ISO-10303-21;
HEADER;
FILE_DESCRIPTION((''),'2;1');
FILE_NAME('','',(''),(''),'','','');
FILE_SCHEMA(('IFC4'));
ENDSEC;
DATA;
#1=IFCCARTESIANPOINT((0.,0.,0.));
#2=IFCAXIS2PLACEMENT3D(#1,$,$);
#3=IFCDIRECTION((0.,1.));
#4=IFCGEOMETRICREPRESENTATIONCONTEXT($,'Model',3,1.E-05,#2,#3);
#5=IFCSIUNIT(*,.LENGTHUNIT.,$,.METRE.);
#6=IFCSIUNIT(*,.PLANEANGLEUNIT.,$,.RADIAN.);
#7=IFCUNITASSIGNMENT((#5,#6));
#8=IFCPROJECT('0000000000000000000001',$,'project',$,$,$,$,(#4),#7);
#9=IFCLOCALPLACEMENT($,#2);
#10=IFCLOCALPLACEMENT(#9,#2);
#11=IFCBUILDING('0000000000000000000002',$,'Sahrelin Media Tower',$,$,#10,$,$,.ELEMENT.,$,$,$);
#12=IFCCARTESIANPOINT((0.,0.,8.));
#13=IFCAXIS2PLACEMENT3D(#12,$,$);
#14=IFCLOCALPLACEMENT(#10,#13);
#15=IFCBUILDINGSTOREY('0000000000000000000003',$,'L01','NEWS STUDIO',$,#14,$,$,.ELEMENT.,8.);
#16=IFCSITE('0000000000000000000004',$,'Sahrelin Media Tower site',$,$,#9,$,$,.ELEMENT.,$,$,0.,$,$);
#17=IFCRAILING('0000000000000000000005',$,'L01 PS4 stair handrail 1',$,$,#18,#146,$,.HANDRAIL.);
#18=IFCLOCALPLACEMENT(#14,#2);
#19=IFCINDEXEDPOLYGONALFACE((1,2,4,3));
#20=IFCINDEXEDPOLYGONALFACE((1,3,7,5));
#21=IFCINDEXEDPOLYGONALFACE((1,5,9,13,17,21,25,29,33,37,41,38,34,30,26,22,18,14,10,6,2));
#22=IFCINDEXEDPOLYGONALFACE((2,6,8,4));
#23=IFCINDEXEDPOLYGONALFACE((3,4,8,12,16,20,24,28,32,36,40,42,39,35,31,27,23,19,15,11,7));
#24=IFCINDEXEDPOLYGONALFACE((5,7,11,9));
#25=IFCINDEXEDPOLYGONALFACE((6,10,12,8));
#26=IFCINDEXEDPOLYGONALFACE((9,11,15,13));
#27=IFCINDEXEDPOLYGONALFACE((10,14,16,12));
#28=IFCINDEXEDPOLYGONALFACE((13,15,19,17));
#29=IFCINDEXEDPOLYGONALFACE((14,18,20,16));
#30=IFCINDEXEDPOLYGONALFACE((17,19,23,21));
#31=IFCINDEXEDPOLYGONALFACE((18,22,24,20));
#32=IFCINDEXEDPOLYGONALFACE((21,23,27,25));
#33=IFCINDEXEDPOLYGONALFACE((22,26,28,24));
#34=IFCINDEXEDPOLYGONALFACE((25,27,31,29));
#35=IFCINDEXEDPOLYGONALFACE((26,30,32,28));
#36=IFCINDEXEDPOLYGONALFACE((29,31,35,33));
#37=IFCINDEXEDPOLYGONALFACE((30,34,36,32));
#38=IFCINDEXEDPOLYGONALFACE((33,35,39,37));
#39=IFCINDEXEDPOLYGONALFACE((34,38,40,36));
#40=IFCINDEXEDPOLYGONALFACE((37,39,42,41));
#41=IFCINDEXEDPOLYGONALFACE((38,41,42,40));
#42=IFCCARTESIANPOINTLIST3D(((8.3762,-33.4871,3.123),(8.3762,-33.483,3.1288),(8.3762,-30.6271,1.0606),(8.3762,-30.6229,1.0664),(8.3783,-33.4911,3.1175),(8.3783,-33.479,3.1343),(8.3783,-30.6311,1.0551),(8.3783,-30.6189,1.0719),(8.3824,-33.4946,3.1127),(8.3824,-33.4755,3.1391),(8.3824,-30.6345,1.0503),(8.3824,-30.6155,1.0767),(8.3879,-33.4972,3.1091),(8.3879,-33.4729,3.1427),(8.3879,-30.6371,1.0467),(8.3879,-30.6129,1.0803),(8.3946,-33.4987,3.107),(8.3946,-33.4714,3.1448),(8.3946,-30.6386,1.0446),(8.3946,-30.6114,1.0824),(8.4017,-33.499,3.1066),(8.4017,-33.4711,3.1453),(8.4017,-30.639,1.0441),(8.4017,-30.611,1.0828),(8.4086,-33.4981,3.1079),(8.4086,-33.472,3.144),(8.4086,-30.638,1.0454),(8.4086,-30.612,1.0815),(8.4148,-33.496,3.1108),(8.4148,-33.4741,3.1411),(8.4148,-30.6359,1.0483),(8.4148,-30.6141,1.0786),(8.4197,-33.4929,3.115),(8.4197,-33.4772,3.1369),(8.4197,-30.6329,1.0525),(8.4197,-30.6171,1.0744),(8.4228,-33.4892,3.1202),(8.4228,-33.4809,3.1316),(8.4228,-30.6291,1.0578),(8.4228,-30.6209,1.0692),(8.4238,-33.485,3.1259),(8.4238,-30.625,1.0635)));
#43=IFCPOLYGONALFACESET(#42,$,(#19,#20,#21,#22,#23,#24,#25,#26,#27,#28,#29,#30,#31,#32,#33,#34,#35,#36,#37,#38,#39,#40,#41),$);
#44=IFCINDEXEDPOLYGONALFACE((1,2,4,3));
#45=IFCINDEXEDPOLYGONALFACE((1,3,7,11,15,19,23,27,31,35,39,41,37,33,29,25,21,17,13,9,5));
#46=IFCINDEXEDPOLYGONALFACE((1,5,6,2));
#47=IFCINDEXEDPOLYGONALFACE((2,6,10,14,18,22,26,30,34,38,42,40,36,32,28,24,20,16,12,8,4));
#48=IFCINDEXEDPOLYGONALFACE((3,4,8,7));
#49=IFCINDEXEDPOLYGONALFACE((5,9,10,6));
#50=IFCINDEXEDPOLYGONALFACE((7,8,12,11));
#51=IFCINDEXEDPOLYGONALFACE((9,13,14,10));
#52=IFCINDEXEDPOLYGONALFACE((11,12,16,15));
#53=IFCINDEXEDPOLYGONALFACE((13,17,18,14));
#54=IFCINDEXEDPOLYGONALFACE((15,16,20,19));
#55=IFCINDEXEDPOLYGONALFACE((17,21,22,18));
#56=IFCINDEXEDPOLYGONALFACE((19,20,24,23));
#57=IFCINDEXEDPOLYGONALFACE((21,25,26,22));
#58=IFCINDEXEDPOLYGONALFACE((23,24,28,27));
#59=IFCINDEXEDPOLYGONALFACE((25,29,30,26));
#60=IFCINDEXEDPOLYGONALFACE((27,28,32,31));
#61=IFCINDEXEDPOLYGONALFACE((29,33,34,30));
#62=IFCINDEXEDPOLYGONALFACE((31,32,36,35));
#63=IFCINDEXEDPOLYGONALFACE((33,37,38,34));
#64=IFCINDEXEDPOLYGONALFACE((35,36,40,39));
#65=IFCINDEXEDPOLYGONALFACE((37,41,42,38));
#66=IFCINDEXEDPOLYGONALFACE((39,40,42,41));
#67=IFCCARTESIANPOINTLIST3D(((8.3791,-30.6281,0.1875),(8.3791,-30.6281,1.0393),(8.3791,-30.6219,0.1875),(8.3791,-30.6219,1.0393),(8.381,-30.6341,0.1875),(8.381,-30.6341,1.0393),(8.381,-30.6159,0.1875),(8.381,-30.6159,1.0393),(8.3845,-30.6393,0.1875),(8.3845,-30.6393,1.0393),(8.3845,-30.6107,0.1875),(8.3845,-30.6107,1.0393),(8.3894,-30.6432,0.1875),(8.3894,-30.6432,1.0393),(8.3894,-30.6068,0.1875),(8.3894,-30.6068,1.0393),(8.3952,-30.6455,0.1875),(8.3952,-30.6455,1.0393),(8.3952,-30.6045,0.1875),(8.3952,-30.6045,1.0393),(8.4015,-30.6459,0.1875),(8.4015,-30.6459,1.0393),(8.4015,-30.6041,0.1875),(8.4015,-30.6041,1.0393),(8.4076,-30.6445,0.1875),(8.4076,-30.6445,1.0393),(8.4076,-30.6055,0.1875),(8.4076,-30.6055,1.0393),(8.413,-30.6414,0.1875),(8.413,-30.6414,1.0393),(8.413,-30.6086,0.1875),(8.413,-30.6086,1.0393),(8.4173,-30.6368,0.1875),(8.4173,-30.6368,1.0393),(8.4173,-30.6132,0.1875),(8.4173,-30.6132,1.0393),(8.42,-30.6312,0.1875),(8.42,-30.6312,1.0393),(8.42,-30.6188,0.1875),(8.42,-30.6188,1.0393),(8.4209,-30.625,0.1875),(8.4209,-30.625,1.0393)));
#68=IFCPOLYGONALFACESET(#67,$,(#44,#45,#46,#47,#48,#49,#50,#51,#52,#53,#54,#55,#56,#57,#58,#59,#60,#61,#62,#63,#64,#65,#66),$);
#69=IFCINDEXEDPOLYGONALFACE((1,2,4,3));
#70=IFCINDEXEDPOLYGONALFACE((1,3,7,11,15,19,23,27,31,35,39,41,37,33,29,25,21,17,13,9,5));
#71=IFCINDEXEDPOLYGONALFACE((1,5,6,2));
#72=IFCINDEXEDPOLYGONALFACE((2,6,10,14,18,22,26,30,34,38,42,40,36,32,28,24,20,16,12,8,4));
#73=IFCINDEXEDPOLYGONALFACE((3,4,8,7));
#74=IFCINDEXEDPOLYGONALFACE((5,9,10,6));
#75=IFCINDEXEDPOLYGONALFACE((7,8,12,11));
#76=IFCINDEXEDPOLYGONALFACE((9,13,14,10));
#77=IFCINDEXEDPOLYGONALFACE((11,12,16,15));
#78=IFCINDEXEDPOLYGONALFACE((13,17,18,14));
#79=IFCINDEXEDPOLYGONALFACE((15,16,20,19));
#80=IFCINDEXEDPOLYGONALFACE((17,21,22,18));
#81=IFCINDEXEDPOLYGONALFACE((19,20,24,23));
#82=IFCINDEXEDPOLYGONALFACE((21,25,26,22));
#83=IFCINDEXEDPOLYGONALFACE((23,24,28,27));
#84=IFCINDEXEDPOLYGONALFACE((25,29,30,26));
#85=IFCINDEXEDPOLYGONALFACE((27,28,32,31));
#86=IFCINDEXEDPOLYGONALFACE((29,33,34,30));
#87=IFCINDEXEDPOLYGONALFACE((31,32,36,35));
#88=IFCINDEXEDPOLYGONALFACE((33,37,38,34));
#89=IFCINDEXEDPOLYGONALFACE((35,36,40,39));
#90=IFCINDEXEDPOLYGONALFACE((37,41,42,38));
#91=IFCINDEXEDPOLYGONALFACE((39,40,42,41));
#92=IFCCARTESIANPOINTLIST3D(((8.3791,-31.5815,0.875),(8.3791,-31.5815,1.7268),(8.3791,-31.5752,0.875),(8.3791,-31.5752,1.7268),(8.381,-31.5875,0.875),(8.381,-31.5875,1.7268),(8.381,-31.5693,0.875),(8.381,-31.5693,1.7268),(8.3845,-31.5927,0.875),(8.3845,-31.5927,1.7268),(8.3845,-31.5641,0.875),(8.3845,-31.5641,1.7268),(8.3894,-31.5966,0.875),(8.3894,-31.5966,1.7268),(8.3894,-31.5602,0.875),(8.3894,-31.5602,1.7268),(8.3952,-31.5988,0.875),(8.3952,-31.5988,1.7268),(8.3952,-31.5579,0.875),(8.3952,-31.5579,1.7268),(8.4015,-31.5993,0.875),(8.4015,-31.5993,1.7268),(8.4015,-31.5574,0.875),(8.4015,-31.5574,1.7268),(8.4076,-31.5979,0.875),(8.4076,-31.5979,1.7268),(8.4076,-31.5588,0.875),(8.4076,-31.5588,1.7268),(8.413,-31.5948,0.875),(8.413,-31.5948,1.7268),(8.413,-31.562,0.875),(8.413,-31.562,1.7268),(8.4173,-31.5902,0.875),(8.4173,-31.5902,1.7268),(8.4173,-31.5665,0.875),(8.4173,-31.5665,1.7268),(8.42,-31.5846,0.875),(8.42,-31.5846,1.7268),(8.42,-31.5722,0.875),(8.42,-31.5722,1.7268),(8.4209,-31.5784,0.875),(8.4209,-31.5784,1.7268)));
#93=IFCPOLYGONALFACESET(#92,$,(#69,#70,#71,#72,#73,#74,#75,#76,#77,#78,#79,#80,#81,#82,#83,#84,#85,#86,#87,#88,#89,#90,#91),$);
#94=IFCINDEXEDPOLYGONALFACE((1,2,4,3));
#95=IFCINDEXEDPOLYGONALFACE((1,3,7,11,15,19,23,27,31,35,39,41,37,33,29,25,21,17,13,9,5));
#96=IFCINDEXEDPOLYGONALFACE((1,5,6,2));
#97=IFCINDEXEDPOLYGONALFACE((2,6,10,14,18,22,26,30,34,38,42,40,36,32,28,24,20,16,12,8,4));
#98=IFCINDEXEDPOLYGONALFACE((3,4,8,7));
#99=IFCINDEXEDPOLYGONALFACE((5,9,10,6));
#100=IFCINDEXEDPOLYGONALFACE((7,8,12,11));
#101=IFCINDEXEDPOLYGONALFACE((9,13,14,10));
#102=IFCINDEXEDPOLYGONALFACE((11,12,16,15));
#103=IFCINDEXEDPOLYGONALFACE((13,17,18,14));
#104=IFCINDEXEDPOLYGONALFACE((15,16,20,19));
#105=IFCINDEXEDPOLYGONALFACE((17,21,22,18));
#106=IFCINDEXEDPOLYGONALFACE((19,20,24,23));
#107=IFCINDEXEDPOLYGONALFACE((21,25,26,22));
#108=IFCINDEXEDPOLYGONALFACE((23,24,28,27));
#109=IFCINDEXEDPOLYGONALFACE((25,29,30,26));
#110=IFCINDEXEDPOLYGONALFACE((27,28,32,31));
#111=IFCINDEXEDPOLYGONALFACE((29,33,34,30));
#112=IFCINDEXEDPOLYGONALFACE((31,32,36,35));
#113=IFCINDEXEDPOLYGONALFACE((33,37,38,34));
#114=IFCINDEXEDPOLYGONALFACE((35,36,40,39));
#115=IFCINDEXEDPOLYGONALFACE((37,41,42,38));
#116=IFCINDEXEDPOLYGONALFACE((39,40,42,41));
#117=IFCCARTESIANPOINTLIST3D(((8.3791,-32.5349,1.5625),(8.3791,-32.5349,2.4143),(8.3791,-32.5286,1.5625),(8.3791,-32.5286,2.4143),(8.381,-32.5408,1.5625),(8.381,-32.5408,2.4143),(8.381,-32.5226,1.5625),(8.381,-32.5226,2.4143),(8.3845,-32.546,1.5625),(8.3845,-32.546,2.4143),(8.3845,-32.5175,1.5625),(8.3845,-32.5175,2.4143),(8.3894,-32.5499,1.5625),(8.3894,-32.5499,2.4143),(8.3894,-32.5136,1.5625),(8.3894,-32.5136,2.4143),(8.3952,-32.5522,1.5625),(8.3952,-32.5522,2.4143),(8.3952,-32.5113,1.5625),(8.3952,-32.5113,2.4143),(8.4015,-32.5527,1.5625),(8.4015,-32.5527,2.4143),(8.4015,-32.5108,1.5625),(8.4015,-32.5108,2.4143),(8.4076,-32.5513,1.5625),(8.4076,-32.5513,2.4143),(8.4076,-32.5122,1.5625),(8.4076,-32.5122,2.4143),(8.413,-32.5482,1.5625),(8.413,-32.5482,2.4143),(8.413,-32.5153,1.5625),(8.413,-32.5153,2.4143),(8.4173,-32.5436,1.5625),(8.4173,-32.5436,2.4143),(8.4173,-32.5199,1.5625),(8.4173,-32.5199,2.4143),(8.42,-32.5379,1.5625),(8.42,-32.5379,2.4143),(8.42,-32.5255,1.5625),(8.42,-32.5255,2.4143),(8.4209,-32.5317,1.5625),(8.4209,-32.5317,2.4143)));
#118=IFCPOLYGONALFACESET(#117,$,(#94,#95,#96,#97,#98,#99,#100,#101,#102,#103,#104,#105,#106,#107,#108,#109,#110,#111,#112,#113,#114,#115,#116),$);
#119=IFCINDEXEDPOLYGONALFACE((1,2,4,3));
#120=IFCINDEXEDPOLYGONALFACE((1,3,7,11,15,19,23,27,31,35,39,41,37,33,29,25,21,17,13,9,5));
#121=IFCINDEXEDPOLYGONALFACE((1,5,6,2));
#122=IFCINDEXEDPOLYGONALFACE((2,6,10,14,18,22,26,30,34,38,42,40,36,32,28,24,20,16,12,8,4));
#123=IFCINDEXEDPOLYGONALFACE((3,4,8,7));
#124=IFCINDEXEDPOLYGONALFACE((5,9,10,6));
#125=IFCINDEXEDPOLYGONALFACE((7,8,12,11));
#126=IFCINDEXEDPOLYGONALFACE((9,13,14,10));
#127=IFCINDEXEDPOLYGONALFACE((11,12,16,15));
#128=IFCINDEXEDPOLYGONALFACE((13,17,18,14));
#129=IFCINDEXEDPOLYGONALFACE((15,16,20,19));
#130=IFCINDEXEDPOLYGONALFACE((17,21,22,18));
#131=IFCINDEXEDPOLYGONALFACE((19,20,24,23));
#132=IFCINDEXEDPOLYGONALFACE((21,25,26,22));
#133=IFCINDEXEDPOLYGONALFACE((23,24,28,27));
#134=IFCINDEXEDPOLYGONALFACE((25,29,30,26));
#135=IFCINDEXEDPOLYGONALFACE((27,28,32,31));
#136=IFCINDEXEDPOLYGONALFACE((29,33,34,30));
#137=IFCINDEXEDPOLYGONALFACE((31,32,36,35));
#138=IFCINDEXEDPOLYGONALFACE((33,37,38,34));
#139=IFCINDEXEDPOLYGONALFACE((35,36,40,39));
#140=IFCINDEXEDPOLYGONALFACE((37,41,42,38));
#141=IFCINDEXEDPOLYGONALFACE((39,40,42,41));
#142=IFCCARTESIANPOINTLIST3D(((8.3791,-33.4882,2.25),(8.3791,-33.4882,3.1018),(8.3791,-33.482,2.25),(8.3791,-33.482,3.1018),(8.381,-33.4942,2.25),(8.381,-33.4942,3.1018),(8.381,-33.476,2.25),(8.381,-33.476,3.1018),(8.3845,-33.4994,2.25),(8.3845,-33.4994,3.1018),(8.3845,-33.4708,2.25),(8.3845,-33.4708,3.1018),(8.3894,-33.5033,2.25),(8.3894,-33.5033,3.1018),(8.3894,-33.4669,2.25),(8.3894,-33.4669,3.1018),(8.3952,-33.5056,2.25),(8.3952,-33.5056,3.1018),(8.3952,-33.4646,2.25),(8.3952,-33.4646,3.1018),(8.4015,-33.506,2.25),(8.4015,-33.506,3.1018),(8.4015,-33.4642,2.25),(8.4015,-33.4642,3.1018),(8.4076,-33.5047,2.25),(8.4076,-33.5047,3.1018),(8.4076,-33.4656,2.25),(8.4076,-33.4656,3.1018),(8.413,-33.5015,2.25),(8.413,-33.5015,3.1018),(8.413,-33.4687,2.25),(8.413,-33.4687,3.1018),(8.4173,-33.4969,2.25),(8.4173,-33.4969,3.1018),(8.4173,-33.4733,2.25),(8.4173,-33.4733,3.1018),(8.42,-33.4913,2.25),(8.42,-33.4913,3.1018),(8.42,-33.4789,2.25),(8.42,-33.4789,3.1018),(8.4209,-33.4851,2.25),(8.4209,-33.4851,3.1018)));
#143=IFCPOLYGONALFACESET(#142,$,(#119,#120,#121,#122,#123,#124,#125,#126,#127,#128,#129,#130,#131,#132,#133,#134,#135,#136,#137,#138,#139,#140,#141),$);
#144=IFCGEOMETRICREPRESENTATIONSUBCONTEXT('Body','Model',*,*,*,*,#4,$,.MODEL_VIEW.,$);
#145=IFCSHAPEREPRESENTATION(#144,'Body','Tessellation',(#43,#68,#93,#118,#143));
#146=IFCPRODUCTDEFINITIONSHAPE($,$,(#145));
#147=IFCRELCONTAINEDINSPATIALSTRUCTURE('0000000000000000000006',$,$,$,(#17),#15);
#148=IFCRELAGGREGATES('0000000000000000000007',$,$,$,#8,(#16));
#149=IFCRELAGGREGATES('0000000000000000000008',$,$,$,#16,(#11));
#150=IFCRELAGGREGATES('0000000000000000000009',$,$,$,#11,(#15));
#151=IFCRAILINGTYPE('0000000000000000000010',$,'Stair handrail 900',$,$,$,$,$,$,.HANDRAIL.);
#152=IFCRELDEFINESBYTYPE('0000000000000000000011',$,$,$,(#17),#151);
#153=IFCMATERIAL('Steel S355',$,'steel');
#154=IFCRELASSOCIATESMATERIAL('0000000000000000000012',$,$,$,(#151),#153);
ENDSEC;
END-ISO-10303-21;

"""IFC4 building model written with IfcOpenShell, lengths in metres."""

from ifc_helpers import new_model, si_unit, direction, frame, origin, origin_2d, place, context, subcontext, project, spatial, circle, extrude, material, type_object, element, save


model = new_model("IFC4")

# Units and contexts
model_context = context("Model", 3, precision=1e-05, world=origin(), true_north=direction((0.0, 1.0)))
body_context = subcontext(model_context, "Body", "Model", "MODEL_VIEW")
ifc_project = project(units=[si_unit("LENGTHUNIT", "METRE"), si_unit("PLANEANGLEUNIT", "RADIAN")], contexts=[model_context])

# Site, building, storey
site_placement = place(None, origin())
site = spatial("IfcSite", under=ifc_project, at=site_placement, Name="Sahrelin Media Tower site", CompositionType="ELEMENT", RefElevation=0.0)
building_placement = place(site_placement, origin())
building = spatial("IfcBuilding", under=site, at=building_placement, Name="Sahrelin Media Tower", CompositionType="ELEMENT")
storey_placement = place(building_placement, frame((0.0, 0.0, 8.0)))
storey = spatial("IfcBuildingStorey", under=building, at=storey_placement, Name="L01", Description="NEWS STUDIO", CompositionType="ELEMENT", Elevation=8.0)

# Shared definitions
ifc_material_1 = material(Name="Steel S355", Category="steel")

# Railing
railing_type_1 = type_object("IfcRailingType", Name="Stair handrail 900", PredefinedType="HANDRAIL", material=ifc_material_1)
for number, where, name in (
    (1, (8.3999, -30.625, 0.1875), "L01 PS4 stair handrail 1"),
):
    element("IfcRailing", number, at=place(storey_placement, frame(where)), inside=storey, type_object=railing_type_1, Name=name, PredefinedType="HANDRAIL", context=body_context, shape_type="SweptSolid", body=[
        extrude(circle(Radius=0.0239, at=origin_2d()), frame((0.0, 0.0, 0.876), z_axis=(0.0, -0.811101, 0.584906), x_axis=(1.0, 0.0, 0.0)), (0.0, 0.0, 1.0), 3.5261),
        extrude(circle(Radius=0.021, at=origin_2d()), origin(), (0.0, 0.0, 1.0), 0.8518),
        extrude(circle(Radius=0.021, at=origin_2d()), frame((0.0, -0.9534, 0.6875)), (0.0, 0.0, 1.0), 0.8518),
        extrude(circle(Radius=0.021, at=origin_2d()), frame((0.0, -1.9067, 1.375)), (0.0, 0.0, 1.0), 0.8518),
        extrude(circle(Radius=0.021, at=origin_2d()), frame((0.0, -2.8601, 2.0625)), (0.0, 0.0, 1.0), 0.8518),
    ])

save(model, "model.ifc")
